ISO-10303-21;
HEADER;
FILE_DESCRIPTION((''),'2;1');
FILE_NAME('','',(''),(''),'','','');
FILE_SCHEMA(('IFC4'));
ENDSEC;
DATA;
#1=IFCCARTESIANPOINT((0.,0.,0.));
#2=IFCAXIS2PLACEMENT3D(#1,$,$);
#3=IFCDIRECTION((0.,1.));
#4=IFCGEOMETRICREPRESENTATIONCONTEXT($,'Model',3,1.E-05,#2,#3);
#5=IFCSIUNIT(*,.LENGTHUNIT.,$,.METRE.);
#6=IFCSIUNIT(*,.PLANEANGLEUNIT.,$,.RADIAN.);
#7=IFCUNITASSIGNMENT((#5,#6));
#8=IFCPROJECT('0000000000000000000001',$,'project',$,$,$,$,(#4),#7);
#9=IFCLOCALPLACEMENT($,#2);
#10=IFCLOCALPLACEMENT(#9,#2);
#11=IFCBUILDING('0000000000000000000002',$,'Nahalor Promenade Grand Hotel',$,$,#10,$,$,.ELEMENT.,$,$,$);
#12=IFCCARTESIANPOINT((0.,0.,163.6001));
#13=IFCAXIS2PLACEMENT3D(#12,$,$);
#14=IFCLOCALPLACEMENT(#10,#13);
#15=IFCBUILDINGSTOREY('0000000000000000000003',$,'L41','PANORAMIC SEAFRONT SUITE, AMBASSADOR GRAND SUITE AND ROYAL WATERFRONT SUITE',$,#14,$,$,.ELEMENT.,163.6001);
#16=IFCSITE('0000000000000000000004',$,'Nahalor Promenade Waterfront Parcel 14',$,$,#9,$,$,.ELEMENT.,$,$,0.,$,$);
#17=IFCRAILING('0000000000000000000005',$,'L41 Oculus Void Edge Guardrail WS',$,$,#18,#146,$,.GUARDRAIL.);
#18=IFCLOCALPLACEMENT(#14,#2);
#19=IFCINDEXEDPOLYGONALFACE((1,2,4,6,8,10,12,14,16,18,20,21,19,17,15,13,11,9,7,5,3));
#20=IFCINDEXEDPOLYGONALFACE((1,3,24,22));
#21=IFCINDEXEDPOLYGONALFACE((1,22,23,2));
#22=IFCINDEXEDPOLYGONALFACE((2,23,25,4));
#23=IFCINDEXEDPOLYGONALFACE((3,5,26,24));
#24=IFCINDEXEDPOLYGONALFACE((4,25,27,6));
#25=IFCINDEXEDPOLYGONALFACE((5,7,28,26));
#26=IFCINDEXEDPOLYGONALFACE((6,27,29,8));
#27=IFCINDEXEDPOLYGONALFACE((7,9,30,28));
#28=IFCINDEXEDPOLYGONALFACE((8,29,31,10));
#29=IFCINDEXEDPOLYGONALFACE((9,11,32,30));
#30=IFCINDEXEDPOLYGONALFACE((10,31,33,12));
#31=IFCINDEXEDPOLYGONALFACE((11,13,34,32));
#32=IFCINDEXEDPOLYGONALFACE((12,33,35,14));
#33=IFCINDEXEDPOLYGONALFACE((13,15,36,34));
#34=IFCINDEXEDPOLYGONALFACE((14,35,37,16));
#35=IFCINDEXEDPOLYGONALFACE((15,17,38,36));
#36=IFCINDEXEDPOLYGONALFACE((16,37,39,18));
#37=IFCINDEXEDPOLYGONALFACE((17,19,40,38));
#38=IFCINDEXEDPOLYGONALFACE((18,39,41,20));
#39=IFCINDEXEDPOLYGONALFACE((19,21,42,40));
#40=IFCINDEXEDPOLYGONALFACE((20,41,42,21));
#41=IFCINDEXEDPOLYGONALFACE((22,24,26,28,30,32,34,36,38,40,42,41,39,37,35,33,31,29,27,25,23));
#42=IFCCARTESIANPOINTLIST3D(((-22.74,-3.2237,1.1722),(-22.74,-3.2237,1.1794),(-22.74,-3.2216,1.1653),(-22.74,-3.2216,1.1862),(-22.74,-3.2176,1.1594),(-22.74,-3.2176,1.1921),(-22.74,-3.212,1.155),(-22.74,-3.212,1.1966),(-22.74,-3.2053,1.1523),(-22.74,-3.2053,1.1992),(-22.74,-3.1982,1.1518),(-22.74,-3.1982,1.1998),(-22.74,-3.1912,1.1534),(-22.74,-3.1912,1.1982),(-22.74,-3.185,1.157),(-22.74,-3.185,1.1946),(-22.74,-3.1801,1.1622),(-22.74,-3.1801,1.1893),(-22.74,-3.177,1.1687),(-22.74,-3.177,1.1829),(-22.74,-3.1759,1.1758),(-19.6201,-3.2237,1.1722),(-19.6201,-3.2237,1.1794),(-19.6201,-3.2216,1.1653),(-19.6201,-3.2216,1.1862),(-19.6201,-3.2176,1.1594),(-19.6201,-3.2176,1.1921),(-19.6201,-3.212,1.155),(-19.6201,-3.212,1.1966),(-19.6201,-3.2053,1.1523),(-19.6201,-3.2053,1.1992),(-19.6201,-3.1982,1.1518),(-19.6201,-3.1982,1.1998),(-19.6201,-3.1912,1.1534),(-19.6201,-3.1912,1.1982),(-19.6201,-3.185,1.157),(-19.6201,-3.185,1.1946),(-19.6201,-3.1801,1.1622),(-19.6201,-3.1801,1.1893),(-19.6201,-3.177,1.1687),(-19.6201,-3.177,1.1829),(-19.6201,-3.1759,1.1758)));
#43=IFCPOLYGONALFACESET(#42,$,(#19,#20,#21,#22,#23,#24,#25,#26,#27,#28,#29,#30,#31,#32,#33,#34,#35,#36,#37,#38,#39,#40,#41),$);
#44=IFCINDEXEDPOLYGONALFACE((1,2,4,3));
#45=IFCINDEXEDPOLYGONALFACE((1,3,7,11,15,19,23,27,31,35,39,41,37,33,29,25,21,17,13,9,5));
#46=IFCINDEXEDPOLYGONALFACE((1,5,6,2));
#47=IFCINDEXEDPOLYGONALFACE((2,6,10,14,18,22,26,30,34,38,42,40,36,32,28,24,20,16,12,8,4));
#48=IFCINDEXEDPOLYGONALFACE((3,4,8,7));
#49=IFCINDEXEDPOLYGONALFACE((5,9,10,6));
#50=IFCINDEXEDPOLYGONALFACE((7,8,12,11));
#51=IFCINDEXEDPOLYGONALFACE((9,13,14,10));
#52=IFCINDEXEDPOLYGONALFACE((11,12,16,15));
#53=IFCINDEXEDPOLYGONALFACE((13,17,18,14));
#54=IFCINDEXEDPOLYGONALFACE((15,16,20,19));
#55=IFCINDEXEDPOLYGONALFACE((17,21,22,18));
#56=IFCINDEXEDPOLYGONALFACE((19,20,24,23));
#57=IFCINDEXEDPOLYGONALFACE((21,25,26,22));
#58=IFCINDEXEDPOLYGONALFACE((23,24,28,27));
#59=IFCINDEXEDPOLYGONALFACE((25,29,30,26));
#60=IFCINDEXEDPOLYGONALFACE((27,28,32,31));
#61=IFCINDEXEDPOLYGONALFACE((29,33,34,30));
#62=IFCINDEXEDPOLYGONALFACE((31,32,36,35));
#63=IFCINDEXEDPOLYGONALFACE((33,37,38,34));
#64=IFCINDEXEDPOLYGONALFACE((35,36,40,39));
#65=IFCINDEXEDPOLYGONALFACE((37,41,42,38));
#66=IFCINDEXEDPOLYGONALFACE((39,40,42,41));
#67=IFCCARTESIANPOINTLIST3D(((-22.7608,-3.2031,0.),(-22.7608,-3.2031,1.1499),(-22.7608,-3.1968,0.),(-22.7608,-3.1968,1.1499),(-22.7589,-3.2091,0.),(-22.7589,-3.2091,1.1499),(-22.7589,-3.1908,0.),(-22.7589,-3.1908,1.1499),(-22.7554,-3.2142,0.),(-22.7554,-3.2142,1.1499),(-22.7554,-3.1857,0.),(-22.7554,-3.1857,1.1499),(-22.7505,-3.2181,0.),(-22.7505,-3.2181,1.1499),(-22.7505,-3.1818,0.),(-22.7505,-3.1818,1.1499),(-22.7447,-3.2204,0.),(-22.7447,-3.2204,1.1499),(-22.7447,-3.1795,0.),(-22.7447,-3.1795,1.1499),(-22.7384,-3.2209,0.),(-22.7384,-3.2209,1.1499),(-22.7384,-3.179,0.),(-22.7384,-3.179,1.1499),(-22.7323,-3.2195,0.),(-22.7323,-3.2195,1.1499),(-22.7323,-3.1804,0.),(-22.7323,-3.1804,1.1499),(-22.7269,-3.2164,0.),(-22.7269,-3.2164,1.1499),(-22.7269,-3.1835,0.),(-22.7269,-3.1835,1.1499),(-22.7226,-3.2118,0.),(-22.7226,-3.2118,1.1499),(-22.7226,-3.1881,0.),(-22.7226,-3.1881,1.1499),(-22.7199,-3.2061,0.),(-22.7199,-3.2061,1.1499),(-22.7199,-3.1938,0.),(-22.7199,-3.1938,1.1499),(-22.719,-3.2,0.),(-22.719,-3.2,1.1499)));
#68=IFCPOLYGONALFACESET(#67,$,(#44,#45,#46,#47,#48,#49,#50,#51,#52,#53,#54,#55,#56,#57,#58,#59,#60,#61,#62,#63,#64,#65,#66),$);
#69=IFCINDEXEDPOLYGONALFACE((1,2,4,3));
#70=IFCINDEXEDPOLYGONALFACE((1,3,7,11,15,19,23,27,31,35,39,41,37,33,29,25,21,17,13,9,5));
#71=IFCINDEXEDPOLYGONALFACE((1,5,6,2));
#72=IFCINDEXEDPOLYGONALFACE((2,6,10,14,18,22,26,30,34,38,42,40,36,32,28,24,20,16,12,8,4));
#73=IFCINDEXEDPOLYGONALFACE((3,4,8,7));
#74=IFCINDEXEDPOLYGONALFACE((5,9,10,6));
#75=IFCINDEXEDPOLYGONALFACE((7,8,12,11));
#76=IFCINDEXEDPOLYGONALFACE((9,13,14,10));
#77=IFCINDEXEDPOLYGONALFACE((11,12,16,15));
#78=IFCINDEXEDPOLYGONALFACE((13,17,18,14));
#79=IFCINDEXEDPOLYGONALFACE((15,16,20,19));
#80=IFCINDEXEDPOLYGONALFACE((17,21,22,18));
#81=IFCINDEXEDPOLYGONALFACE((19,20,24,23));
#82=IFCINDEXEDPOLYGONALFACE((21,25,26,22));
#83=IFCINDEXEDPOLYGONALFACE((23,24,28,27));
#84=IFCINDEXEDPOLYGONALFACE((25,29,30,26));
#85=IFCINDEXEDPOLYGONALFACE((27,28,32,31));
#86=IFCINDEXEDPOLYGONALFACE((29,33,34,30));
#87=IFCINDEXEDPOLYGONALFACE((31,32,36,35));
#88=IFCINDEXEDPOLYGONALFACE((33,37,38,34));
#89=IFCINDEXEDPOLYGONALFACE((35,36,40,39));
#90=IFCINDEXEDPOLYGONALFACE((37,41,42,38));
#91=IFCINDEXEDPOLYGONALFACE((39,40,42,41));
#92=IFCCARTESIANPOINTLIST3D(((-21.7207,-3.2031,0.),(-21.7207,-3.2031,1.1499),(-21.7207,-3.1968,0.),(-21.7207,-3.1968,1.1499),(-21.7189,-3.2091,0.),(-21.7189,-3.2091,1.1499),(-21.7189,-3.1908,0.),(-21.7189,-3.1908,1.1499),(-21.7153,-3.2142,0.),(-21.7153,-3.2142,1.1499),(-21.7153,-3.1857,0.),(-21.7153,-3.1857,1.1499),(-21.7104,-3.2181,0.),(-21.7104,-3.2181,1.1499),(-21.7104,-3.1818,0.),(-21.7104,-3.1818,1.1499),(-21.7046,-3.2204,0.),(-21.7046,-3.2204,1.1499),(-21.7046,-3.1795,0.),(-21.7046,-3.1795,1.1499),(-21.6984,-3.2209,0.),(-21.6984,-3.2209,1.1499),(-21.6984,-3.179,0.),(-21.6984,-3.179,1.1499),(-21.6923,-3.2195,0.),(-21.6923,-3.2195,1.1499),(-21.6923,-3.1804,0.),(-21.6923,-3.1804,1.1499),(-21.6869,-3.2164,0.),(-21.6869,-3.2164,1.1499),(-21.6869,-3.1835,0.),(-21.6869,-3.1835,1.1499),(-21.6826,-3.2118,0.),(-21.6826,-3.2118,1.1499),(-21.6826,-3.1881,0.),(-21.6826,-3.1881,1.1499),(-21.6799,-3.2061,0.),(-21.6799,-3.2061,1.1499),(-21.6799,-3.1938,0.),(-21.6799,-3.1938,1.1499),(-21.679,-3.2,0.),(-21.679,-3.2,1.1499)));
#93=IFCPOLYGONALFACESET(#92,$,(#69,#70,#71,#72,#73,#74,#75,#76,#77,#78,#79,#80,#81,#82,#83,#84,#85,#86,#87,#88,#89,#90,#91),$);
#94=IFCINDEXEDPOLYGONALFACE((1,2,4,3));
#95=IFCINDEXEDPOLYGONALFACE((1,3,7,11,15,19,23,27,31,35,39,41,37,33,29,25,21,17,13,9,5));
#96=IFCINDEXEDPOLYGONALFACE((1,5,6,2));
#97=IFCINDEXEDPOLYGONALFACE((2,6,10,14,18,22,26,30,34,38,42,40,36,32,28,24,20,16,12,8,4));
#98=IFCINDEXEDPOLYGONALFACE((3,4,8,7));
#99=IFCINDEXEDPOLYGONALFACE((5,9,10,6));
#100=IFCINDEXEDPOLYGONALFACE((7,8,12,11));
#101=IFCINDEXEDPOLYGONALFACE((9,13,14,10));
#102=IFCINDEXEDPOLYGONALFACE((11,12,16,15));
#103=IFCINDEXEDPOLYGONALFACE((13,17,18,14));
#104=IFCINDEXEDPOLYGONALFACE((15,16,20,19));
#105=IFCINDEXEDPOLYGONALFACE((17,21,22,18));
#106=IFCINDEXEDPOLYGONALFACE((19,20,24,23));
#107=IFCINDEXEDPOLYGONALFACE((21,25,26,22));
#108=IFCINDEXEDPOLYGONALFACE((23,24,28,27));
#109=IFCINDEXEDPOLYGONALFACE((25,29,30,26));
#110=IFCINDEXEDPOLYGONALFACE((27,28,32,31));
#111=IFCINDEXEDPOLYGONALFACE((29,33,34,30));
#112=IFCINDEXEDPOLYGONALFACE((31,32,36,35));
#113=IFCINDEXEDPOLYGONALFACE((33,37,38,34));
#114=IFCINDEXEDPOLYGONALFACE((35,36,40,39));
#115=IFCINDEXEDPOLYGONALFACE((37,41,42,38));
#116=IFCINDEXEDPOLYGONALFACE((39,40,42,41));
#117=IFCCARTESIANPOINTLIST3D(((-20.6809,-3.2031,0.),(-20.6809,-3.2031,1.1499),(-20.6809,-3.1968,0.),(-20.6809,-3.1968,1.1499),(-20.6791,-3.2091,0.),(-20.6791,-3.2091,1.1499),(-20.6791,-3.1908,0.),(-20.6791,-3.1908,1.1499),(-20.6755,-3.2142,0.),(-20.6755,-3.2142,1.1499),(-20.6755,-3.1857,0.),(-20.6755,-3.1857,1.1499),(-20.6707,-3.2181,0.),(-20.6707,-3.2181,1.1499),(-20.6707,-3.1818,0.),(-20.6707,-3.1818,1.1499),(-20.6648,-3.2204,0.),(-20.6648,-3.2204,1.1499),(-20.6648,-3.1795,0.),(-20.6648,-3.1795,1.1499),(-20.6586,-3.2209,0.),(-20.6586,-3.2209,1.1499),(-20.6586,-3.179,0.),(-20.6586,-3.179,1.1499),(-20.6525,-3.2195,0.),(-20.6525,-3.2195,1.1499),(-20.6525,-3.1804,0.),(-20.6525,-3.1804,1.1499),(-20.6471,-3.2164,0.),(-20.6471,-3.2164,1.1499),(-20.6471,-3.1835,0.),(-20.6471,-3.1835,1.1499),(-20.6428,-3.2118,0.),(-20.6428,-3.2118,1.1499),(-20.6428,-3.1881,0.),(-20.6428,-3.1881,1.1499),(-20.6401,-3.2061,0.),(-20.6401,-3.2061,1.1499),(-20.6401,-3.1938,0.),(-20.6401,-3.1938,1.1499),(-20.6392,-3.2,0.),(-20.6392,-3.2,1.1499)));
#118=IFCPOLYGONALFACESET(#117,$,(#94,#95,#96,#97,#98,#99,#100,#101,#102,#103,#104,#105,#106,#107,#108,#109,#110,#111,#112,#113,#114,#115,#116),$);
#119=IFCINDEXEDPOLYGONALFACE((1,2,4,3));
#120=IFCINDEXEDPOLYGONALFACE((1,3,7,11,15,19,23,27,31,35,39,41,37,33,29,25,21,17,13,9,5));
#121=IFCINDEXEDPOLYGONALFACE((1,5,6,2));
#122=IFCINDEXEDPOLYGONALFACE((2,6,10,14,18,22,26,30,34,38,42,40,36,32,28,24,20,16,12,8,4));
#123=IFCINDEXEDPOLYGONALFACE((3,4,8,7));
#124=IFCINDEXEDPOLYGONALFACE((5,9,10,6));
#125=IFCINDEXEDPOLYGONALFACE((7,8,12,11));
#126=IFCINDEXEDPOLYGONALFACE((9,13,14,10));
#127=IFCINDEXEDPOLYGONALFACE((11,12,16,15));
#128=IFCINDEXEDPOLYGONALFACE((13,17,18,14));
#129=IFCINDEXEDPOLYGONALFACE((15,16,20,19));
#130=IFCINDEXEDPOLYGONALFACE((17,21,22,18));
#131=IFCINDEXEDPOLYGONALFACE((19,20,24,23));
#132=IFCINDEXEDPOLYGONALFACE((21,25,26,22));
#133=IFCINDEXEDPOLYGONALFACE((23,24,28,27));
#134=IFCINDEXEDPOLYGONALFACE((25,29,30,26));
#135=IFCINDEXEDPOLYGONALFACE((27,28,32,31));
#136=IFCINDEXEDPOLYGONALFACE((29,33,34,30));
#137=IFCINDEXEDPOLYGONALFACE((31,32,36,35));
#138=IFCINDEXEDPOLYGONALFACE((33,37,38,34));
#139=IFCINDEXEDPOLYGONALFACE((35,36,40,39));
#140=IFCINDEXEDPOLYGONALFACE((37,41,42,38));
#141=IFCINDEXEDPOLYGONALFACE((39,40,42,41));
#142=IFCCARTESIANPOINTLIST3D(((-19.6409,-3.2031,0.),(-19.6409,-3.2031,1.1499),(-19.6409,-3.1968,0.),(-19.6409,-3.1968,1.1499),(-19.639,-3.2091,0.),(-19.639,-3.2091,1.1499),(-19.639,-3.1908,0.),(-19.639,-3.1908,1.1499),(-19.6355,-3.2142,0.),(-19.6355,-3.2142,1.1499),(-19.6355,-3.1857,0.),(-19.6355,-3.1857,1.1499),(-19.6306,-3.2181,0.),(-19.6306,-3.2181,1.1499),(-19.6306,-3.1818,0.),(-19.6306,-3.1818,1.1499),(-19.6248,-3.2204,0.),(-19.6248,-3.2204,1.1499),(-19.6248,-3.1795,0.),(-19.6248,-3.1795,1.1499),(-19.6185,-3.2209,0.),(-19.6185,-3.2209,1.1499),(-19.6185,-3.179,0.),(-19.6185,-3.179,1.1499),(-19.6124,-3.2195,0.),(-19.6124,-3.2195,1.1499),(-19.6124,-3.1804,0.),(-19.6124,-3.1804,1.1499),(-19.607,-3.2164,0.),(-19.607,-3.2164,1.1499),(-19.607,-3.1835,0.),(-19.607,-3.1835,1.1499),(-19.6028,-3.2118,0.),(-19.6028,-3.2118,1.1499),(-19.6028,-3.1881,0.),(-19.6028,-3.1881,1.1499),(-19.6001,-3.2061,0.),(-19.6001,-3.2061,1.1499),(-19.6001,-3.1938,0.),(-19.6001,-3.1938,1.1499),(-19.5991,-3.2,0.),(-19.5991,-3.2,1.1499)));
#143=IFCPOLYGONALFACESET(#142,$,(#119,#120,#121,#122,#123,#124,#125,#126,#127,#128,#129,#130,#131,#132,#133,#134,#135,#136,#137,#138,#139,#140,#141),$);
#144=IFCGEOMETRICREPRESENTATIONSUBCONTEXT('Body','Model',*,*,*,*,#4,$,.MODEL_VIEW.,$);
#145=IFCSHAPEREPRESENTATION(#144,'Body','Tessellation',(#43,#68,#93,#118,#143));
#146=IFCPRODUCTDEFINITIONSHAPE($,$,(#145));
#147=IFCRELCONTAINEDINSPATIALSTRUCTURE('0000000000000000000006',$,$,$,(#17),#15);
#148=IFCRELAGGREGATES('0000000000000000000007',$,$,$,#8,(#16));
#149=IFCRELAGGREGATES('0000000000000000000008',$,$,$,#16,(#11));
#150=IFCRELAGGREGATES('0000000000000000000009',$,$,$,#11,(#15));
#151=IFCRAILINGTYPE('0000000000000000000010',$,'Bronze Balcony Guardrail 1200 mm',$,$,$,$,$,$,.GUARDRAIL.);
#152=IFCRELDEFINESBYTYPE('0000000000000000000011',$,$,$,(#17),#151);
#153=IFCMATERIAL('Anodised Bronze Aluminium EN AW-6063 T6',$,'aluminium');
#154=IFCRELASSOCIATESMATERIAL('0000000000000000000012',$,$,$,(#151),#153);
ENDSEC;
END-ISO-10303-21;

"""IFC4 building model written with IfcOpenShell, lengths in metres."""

from ifc_helpers import new_model, si_unit, direction, frame, origin, origin_2d, place, context, subcontext, project, spatial, circle, extrude, material, type_object, element, save


model = new_model("IFC4")

# Units and contexts
model_context = context("Model", 3, precision=1e-05, world=origin(), true_north=direction((0.0, 1.0)))
body_context = subcontext(model_context, "Body", "Model", "MODEL_VIEW")
ifc_project = project(units=[si_unit("LENGTHUNIT", "METRE"), si_unit("PLANEANGLEUNIT", "RADIAN")], contexts=[model_context])

# Site, building, storey
site_placement = place(None, origin())
site = spatial("IfcSite", under=ifc_project, at=site_placement, Name="Nahalor Promenade Waterfront Parcel 14", CompositionType="ELEMENT", RefElevation=0.0)
building_placement = place(site_placement, origin())
building = spatial("IfcBuilding", under=site, at=building_placement, Name="Nahalor Promenade Grand Hotel", CompositionType="ELEMENT")
storey_placement = place(building_placement, frame((0.0, 0.0, 163.6001)))
storey = spatial("IfcBuildingStorey", under=building, at=storey_placement, Name="L41", Description="PANORAMIC SEAFRONT SUITE, AMBASSADOR GRAND SUITE AND ROYAL WATERFRONT SUITE", CompositionType="ELEMENT", Elevation=163.6001)

# Shared definitions
ifc_material_1 = material(Name="Anodised Bronze Aluminium EN AW-6063 T6", Category="aluminium")

# Railing
railing_type = type_object("IfcRailingType", Name="Bronze Balcony Guardrail 1200 mm", PredefinedType="GUARDRAIL", material=ifc_material_1)
for number, where, name in (
    (1, (-22.74, -3.2, 0.0), "L41 Oculus Void Edge Guardrail WS"),
):
    element("IfcRailing", number, at=place(storey_placement, frame(where)), inside=storey, type_object=railing_type, Name=name, PredefinedType="GUARDRAIL", context=body_context, shape_type="SweptSolid", body=[
        extrude(circle(Radius=0.024, at=origin_2d()), frame((0.0, 0.0, 1.1758), z_axis=(1.0, 0.0, 0.0), x_axis=(0.0, 1.0, 0.0)), (0.0, 0.0, 1.0), 3.1199),
        extrude(circle(Radius=0.021, at=origin_2d()), origin(), (0.0, 0.0, 1.0), 1.1499),
        extrude(circle(Radius=0.021, at=origin_2d()), frame((1.04, 0.0, 0.0)), (0.0, 0.0, 1.0), 1.1499),
        extrude(circle(Radius=0.021, at=origin_2d()), frame((2.0798, 0.0, 0.0)), (0.0, 0.0, 1.0), 1.1499),
        extrude(circle(Radius=0.021, at=origin_2d()), frame((3.1199, 0.0, 0.0)), (0.0, 0.0, 1.0), 1.1499),
    ])

save(model, "model.ifc")
